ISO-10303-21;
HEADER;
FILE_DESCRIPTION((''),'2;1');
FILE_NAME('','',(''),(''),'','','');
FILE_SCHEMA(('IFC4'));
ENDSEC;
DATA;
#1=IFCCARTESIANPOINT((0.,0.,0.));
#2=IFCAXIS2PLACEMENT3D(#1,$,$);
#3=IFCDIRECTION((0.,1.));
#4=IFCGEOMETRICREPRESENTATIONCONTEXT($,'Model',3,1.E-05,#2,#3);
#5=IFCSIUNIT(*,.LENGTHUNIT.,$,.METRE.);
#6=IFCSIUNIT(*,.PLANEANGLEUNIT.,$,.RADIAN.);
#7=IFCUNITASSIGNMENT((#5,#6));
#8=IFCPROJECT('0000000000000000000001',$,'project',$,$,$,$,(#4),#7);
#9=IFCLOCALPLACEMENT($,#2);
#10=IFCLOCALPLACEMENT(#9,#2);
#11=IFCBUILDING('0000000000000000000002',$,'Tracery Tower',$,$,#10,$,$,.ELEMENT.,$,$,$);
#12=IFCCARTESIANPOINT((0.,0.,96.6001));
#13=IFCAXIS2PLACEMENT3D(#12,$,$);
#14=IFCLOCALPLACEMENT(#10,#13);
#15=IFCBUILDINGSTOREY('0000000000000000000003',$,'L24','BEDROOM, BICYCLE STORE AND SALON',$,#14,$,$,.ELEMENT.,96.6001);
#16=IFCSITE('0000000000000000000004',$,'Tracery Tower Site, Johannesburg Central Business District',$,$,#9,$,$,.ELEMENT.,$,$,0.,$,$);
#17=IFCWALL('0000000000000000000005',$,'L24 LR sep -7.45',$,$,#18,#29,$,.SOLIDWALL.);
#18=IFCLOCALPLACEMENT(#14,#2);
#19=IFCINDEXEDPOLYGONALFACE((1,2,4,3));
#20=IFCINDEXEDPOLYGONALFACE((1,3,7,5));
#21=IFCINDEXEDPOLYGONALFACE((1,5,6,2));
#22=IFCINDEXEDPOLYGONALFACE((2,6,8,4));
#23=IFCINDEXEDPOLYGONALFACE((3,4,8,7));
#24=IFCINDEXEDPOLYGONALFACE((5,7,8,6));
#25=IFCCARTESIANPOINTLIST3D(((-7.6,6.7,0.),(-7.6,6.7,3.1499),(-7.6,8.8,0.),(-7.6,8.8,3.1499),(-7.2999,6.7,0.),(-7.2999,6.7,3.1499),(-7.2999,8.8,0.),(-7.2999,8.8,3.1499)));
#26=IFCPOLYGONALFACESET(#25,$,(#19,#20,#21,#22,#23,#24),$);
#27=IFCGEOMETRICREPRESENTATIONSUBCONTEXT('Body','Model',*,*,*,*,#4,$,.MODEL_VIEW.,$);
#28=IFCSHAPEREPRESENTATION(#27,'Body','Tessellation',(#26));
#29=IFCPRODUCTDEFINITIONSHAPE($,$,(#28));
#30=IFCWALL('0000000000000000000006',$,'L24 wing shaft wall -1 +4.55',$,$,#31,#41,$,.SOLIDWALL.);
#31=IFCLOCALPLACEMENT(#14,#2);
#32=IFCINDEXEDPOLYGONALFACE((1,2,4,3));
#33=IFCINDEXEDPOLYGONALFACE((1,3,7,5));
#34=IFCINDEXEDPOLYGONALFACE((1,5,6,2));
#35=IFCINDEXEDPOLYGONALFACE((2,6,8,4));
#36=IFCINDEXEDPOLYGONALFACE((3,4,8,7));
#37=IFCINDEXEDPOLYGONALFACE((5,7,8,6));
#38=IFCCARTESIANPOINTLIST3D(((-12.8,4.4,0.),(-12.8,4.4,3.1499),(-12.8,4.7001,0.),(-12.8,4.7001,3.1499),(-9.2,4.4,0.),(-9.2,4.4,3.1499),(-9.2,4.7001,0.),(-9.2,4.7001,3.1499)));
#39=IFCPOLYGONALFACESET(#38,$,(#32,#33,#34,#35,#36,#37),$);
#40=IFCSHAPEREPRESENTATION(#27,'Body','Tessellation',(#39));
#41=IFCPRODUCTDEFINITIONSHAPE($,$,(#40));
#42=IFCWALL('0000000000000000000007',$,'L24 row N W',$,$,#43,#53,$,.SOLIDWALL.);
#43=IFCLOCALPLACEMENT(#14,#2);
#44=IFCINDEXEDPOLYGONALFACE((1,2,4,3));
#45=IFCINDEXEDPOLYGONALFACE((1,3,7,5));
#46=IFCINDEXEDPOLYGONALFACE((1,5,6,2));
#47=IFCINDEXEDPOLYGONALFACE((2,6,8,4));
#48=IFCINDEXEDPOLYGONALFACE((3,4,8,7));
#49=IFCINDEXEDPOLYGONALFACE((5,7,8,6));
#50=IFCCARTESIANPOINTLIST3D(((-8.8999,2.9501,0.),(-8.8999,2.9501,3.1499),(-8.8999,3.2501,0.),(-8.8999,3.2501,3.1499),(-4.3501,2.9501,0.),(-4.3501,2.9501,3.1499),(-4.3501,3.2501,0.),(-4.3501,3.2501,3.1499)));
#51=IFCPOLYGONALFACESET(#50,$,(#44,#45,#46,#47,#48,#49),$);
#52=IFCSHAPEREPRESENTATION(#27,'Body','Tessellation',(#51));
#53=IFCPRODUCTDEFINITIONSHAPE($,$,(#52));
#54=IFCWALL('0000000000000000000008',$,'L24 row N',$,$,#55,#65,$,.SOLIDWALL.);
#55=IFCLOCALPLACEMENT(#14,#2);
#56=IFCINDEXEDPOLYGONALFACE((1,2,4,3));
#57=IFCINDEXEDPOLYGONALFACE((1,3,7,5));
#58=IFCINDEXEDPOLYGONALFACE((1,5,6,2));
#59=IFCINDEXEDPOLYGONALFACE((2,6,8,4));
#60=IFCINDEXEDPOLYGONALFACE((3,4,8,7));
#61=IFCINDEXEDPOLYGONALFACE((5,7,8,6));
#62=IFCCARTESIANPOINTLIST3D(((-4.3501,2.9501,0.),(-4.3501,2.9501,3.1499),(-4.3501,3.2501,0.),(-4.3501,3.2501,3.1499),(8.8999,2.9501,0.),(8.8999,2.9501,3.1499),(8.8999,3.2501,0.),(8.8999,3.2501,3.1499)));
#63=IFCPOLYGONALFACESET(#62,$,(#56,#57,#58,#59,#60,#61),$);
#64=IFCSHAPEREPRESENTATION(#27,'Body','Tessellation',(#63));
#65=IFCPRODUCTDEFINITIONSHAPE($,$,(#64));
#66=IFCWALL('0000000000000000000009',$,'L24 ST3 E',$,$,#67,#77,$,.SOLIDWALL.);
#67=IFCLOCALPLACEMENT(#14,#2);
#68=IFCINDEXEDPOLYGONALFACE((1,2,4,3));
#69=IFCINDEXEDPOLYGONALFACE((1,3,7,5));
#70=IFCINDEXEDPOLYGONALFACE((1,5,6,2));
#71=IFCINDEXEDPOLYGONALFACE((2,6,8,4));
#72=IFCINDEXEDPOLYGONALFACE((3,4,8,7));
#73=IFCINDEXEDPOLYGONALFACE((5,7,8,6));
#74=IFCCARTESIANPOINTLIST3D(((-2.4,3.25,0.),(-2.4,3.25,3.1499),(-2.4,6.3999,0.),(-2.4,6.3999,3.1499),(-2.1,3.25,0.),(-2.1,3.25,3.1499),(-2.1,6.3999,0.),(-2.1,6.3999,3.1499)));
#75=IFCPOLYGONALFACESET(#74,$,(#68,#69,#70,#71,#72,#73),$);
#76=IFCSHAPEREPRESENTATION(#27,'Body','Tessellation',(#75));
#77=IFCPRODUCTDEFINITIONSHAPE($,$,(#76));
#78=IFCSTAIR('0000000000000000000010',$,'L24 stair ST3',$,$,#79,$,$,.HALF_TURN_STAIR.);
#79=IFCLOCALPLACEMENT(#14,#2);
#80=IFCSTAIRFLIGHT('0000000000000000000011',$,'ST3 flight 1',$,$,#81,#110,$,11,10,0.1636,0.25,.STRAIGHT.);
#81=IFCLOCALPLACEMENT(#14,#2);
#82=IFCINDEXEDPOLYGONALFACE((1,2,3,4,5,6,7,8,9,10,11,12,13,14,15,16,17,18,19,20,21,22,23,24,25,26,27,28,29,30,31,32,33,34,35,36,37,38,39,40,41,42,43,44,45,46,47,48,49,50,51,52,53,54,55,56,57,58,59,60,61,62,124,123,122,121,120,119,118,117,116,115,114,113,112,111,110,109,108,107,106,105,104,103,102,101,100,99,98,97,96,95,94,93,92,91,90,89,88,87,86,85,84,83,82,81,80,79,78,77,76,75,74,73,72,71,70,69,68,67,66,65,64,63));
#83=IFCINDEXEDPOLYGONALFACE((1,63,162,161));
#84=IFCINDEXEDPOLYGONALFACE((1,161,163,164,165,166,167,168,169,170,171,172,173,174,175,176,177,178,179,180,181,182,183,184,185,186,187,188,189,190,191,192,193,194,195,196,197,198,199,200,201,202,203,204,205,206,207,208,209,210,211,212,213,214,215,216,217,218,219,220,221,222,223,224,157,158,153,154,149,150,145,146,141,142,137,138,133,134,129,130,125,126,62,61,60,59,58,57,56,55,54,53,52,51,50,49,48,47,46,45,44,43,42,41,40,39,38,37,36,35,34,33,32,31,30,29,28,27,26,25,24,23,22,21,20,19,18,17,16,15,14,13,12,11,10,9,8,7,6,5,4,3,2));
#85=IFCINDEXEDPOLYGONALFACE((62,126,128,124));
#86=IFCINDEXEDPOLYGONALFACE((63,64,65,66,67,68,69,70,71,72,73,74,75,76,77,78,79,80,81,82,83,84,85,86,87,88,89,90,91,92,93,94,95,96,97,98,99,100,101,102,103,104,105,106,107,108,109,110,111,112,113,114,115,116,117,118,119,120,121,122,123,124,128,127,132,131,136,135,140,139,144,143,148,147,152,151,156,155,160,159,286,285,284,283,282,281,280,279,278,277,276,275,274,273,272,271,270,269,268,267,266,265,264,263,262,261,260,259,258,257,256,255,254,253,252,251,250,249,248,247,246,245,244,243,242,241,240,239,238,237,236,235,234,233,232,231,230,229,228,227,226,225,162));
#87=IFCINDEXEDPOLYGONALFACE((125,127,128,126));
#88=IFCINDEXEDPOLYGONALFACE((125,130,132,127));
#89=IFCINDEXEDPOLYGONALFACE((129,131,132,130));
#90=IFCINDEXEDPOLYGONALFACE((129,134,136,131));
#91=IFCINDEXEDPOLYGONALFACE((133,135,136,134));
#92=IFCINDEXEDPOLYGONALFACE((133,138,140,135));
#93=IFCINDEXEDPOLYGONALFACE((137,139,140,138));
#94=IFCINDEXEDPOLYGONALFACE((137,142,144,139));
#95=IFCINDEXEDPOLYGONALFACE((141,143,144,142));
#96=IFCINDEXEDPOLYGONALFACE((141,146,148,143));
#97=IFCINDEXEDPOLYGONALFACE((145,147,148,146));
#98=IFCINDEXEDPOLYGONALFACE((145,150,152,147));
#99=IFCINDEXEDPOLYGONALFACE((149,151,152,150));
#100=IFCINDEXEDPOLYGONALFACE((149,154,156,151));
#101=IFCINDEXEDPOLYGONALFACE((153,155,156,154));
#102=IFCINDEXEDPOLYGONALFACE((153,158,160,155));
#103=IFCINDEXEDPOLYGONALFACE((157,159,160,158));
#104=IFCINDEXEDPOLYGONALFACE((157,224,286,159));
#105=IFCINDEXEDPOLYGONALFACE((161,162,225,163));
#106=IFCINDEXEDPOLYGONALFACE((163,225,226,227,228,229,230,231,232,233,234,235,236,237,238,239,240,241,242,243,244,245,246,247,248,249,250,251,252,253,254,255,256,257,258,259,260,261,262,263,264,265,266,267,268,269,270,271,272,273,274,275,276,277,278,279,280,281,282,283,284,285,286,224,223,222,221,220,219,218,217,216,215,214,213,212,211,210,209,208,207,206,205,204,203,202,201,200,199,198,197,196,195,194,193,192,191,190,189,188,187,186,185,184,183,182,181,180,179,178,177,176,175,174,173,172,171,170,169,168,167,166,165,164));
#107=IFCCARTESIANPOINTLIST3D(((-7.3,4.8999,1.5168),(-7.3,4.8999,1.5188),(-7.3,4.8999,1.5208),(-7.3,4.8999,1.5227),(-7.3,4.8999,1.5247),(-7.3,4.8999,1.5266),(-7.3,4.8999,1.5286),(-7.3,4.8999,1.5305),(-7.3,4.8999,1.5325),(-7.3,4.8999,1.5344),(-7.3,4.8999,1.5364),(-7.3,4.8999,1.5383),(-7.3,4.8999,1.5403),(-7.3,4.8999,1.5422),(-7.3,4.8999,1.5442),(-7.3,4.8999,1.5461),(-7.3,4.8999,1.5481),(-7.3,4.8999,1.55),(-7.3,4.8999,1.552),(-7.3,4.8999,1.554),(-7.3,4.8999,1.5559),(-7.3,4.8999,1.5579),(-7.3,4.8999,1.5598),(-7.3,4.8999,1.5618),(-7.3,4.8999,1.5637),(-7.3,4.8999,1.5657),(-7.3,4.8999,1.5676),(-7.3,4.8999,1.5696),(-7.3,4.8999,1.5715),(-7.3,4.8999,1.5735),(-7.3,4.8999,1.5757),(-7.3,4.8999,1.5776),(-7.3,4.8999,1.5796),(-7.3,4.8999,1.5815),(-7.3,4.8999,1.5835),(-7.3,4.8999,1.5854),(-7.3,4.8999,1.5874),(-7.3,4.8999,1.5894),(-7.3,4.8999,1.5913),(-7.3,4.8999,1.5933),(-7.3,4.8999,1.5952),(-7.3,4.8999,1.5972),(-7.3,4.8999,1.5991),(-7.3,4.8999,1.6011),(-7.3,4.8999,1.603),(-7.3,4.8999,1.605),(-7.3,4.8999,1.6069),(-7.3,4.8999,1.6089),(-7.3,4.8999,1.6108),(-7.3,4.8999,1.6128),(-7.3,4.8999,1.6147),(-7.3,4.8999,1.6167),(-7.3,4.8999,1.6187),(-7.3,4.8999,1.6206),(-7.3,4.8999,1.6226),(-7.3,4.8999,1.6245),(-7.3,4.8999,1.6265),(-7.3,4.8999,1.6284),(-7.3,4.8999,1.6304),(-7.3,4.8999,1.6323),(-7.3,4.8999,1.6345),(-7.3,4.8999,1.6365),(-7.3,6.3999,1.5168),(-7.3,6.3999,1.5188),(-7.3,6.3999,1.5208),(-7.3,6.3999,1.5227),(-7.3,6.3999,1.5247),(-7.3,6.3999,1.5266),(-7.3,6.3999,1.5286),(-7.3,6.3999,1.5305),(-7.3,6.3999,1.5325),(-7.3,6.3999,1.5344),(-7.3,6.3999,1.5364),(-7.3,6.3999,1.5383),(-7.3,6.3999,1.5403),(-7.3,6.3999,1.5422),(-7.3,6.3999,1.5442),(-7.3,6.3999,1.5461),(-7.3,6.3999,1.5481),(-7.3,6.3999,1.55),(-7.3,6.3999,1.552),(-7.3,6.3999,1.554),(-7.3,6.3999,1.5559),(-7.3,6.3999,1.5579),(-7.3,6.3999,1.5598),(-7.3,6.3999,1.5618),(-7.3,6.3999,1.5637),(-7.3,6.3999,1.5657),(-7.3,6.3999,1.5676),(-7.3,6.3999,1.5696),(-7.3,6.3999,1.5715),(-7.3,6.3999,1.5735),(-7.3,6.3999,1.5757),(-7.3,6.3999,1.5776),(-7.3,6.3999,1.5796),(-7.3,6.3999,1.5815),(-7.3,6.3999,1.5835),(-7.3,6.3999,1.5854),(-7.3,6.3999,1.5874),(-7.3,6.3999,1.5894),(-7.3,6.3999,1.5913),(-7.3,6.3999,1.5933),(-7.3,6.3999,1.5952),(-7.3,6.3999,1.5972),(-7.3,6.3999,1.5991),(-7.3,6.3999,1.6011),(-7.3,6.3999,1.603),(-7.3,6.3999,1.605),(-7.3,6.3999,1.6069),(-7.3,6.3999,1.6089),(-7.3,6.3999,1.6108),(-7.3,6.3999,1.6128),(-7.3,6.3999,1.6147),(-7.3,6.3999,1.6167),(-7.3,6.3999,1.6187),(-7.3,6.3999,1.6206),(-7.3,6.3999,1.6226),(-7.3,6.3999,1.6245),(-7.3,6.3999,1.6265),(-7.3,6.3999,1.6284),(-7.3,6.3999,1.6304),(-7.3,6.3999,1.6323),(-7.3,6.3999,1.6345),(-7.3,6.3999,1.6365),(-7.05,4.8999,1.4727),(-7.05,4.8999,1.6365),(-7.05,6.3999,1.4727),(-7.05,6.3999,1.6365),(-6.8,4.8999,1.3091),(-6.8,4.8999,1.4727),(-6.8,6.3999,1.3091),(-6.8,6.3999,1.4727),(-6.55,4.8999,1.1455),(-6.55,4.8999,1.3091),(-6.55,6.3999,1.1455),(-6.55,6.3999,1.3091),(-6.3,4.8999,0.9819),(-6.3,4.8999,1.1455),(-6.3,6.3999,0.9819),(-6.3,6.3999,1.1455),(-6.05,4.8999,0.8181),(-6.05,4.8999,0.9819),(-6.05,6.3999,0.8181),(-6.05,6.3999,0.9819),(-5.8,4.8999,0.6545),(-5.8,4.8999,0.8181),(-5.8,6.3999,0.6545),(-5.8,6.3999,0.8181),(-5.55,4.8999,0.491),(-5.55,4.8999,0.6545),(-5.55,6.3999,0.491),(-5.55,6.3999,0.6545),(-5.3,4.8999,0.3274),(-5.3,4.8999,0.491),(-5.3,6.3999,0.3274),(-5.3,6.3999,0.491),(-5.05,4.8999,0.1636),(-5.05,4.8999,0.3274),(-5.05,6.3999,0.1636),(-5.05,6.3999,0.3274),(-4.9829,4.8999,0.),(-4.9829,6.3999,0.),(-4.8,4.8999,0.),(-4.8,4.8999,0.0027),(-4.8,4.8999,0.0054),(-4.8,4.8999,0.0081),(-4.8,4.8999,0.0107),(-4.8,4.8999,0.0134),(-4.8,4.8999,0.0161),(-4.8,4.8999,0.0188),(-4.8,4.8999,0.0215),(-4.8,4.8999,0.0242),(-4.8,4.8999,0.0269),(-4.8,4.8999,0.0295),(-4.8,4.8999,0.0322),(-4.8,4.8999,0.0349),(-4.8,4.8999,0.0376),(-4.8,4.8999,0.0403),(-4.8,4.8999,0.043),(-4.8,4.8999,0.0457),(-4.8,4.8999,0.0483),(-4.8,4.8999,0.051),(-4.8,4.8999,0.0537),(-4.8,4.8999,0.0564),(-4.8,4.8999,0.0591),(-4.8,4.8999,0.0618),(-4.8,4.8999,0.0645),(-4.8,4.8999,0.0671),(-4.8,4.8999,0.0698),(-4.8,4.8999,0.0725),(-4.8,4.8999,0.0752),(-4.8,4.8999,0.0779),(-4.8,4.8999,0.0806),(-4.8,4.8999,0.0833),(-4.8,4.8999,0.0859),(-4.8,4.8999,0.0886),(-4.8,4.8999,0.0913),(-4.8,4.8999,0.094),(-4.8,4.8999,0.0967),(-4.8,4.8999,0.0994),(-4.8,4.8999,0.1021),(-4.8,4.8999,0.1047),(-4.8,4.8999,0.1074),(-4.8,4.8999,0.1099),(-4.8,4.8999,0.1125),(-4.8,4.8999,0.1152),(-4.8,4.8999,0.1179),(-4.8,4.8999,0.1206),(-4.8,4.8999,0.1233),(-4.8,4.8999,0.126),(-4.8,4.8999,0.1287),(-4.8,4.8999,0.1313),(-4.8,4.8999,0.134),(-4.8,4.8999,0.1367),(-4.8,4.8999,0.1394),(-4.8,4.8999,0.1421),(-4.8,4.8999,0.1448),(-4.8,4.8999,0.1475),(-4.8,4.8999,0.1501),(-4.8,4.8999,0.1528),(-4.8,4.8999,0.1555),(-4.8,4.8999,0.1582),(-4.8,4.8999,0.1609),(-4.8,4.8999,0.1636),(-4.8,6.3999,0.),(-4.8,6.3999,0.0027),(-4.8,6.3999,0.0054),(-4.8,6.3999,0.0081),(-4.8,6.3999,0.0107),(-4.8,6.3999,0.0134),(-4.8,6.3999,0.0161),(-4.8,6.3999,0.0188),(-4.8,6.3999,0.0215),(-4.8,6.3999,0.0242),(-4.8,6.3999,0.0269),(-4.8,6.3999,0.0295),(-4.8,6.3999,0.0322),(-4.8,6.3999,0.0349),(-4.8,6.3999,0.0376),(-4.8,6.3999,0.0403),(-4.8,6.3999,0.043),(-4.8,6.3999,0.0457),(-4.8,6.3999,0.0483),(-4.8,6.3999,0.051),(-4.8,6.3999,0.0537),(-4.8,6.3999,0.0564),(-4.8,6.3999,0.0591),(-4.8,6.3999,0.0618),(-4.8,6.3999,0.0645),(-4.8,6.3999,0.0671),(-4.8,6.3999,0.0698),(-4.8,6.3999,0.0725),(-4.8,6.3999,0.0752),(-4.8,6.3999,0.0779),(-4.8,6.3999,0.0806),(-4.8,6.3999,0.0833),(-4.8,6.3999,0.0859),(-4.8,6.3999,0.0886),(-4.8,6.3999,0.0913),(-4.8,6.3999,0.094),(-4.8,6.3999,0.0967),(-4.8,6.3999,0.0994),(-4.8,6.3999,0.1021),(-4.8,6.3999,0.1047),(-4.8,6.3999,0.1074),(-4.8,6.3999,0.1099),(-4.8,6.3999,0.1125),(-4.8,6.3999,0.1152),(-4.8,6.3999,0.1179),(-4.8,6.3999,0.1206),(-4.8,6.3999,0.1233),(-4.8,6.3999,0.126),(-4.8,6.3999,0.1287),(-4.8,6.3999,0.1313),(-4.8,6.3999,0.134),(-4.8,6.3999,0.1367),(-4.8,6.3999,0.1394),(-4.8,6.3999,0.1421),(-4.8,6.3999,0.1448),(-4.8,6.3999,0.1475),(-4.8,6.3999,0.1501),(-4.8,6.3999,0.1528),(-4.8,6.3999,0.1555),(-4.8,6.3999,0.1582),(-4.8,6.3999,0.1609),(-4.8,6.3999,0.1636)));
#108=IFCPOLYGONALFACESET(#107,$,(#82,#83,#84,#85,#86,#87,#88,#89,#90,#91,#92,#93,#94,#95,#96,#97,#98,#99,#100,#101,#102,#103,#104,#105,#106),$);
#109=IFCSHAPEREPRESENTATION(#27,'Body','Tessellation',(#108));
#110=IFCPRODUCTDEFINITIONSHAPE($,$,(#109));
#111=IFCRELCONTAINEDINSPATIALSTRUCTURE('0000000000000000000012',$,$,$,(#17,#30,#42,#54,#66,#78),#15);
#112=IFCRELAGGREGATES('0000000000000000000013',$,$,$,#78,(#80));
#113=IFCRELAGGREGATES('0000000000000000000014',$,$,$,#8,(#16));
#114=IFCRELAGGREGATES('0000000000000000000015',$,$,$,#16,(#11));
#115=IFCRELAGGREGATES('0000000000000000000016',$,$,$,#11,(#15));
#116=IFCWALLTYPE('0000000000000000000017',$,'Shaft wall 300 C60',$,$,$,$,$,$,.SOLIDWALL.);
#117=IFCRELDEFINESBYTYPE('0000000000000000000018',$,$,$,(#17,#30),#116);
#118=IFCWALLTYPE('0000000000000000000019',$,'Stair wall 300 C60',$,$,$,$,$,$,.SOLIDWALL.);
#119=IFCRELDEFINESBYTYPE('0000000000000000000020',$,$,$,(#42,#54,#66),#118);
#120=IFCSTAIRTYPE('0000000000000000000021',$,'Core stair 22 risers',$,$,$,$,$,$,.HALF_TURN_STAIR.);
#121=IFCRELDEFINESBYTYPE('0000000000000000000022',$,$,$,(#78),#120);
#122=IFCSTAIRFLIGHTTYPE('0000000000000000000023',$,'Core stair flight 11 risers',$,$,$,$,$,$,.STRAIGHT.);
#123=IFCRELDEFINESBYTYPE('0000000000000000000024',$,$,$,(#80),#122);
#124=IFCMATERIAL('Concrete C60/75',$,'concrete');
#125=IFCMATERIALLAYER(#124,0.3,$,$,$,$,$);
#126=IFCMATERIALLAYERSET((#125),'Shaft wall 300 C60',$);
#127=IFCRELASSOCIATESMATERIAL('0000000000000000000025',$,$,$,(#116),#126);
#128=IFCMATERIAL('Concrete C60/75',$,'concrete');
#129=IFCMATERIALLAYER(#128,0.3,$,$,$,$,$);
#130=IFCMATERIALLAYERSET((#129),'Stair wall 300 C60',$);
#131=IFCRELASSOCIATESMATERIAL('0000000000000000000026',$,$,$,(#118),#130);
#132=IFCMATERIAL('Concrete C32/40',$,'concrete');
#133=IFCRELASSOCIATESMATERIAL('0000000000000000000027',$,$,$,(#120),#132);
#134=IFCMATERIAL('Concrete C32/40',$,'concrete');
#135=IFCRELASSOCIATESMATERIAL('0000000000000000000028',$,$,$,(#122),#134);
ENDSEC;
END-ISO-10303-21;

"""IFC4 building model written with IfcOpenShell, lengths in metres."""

from ifc_helpers import new_model, si_unit, direction, frame, frame_2d, origin, place, context, subcontext, project, spatial, polyline, rectangle, outline, extrude, material, layer, layer_set, type_object, element, aggregate, save


model = new_model("IFC4")

# Units and contexts
model_context = context("Model", 3, precision=1e-05, world=origin(), true_north=direction((0.0, 1.0)))
body_context = subcontext(model_context, "Body", "Model", "MODEL_VIEW")
ifc_project = project(units=[si_unit("LENGTHUNIT", "METRE"), si_unit("PLANEANGLEUNIT", "RADIAN")], contexts=[model_context])

# Site, building, storey
site_placement = place(None, origin())
site = spatial("IfcSite", under=ifc_project, at=site_placement, Name="Tracery Tower Site, Johannesburg Central Business District", CompositionType="ELEMENT", RefElevation=0.0)
building_placement = place(site_placement, origin())
building = spatial("IfcBuilding", under=site, at=building_placement, Name="Tracery Tower", CompositionType="ELEMENT")
storey_placement = place(building_placement, frame((0.0, 0.0, 96.6001)))
storey = spatial("IfcBuildingStorey", under=building, at=storey_placement, Name="L24", Description="BEDROOM, BICYCLE STORE AND SALON", CompositionType="ELEMENT", Elevation=96.6001)

# Wall
ifc_material_1 = material(Name="Concrete C60/75", Category="concrete")
ifc_layer_1 = layer(ifc_material_1, 0.3)
ifc_layer_set_1 = layer_set([ifc_layer_1], Name="Shaft wall 300 C60")
wall_type_1 = type_object("IfcWallType", Name="Shaft wall 300 C60", PredefinedType="SOLIDWALL", material=ifc_layer_set_1)
wall_1_placement = place(storey_placement, frame((-7.45, 6.7, 0.0), z_axis=(0.0, 0.0, 1.0), x_axis=(0.0, 1.0, 0.0)))
element("IfcWall", 1, at=wall_1_placement, inside=storey, type_object=wall_type_1, Name="L24 LR sep -7.45", PredefinedType="SOLIDWALL", context=body_context, shape_type="SweptSolid", body=[
    extrude(rectangle(XDim=2.1001, YDim=0.3, at=frame_2d((1.05, 0.0))), origin(), (0.0, 0.0, 1.0), 3.1499),
])

# Walls
wall_2_placement = place(storey_placement, frame((-12.8, 4.55, 0.0), z_axis=(0.0, 0.0, 1.0), x_axis=(1.0, 0.0, 0.0)))
element("IfcWall", 2, at=wall_2_placement, inside=storey, type_object=wall_type_1, Name="L24 wing shaft wall -1 +4.55", PredefinedType="SOLIDWALL", context=body_context, shape_type="SweptSolid", body=[
    extrude(rectangle(XDim=3.6001, YDim=0.3, at=frame_2d((1.8, 0.0))), origin(), (0.0, 0.0, 1.0), 3.1499),
])
ifc_material_2 = material(Name="Concrete C60/75", Category="concrete")
ifc_layer_2 = layer(ifc_material_2, 0.3)
ifc_layer_set_2 = layer_set([ifc_layer_2], Name="Stair wall 300 C60")
wall_type_2 = type_object("IfcWallType", Name="Stair wall 300 C60", PredefinedType="SOLIDWALL", material=ifc_layer_set_2)
wall_3_placement = place(storey_placement, frame((-8.8999, 3.1001, 0.0), z_axis=(0.0, 0.0, 1.0), x_axis=(1.0, 0.0, 0.0)))
element("IfcWall", 3, at=wall_3_placement, inside=storey, type_object=wall_type_2, Name="L24 row N W", PredefinedType="SOLIDWALL", context=body_context, shape_type="SweptSolid", body=[
    extrude(rectangle(XDim=4.5498, YDim=0.3, at=frame_2d((2.2749, 0.0))), origin(), (0.0, 0.0, 1.0), 3.1499),
])
wall_4_placement = place(storey_placement, frame((-4.3501, 3.1001, 0.0), z_axis=(0.0, 0.0, 1.0), x_axis=(1.0, 0.0, 0.0)))
element("IfcWall", 4, at=wall_4_placement, inside=storey, type_object=wall_type_2, Name="L24 row N", PredefinedType="SOLIDWALL", context=body_context, shape_type="SweptSolid", body=[
    extrude(rectangle(XDim=13.25, YDim=0.3, at=frame_2d((6.625, 0.0))), origin(), (0.0, 0.0, 1.0), 3.1499),
])
wall_5_placement = place(storey_placement, frame((-2.25, 3.25, 0.0), z_axis=(0.0, 0.0, 1.0), x_axis=(0.0, 1.0, 0.0)))
element("IfcWall", 5, at=wall_5_placement, inside=storey, type_object=wall_type_2, Name="L24 ST3 E", PredefinedType="SOLIDWALL", context=body_context, shape_type="SweptSolid", body=[
    extrude(rectangle(XDim=3.1499, YDim=0.3, at=frame_2d((1.575, 0.0))), origin(), (0.0, 0.0, 1.0), 3.1499),
])

# Stair, stair flight
ifc_material_3 = material(Name="Concrete C32/40", Category="concrete")
stair_type = type_object("IfcStairType", Name="Core stair 22 risers", PredefinedType="HALF_TURN_STAIR", material=ifc_material_3)
stair_placement = place(storey_placement, origin())
stair = element("IfcStair", 6, at=stair_placement, inside=storey, type_object=stair_type, Name="L24 stair ST3", PredefinedType="HALF_TURN_STAIR")
ifc_material_4 = material(Name="Concrete C32/40", Category="concrete")
stair_flight_type = type_object("IfcStairFlightType", Name="Core stair flight 11 risers", PredefinedType="STRAIGHT", material=ifc_material_4)
stair_flight_1_placement = place(storey_placement, frame((-4.8, 5.6499, 0.0), z_axis=(0.0, 0.0, 1.0), x_axis=(-1.0, 0.0, 0.0)))
stair_flight_1 = element("IfcStairFlight", 7, at=stair_flight_1_placement, type_object=stair_flight_type, Name="ST3 flight 1", NumberOfRisers=11, NumberOfTreads=10, PredefinedType="STRAIGHT", RiserHeight=0.1636, TreadLength=0.25, context=body_context, shape_type="SweptSolid", body=[
    extrude(outline(polyline([(0.0, 0.0), (0.0, 0.0027), (0.0, 0.0054), (0.0, 0.0081), (0.0, 0.0107), (0.0, 0.0134), (0.0, 0.0161), (0.0, 0.0188), (0.0, 0.0215), (0.0, 0.0242), (0.0, 0.0269), (0.0, 0.0295), (0.0, 0.0322), (0.0, 0.0349), (0.0, 0.0376), (0.0, 0.0403), (0.0, 0.043), (0.0, 0.0457), (0.0, 0.0483), (0.0, 0.051), (0.0, 0.0537), (0.0, 0.0564), (0.0, 0.0591), (0.0, 0.0618), (0.0, 0.0645), (0.0, 0.0671), (0.0, 0.0698), (0.0, 0.0725), (0.0, 0.0752), (0.0, 0.0779), (0.0, 0.0806), (0.0, 0.0833), (0.0, 0.0859), (0.0, 0.0886), (0.0, 0.0913), (0.0, 0.094), (0.0, 0.0967), (0.0, 0.0994), (0.0, 0.1021), (0.0, 0.1047), (0.0, 0.1074), (0.0, 0.1099), (0.0, 0.1125), (0.0, 0.1152), (0.0, 0.1179), (0.0, 0.1206), (0.0, 0.1233), (0.0, 0.126), (0.0, 0.1287), (0.0, 0.1313), (0.0, 0.134), (0.0, 0.1367), (0.0, 0.1394), (0.0, 0.1421), (0.0, 0.1448), (0.0, 0.1475), (0.0, 0.1501), (0.0, 0.1528), (0.0, 0.1555), (0.0, 0.1582), (0.0, 0.1609), (0.0, 0.1636), (0.25, 0.1636), (0.25, 0.3274), (0.5, 0.3274), (0.5, 0.491), (0.75, 0.491), (0.75, 0.6545), (1.0, 0.6545), (1.0, 0.8181), (1.25, 0.8181), (1.25, 0.9819), (1.5, 0.9819), (1.5, 1.1455), (1.75, 1.1455), (1.75, 1.3091), (2.0, 1.3091), (2.0, 1.4727), (2.25, 1.4727), (2.25, 1.6365), (2.5, 1.6365), (2.5, 1.6345), (2.5, 1.6323), (2.5, 1.6304), (2.5, 1.6284), (2.5, 1.6265), (2.5, 1.6245), (2.5, 1.6226), (2.5, 1.6206), (2.5, 1.6187), (2.5, 1.6167), (2.5, 1.6147), (2.5, 1.6128), (2.5, 1.6108), (2.5, 1.6089), (2.5, 1.6069), (2.5, 1.605), (2.5, 1.603), (2.5, 1.6011), (2.5, 1.5991), (2.5, 1.5972), (2.5, 1.5952), (2.5, 1.5933), (2.5, 1.5913), (2.5, 1.5894), (2.5, 1.5874), (2.5, 1.5854), (2.5, 1.5835), (2.5, 1.5815), (2.5, 1.5796), (2.5, 1.5776), (2.5, 1.5757), (2.5, 1.5735), (2.5, 1.5715), (2.5, 1.5696), (2.5, 1.5676), (2.5, 1.5657), (2.5, 1.5637), (2.5, 1.5618), (2.5, 1.5598), (2.5, 1.5579), (2.5, 1.5559), (2.5, 1.554), (2.5, 1.552), (2.5, 1.55), (2.5, 1.5481), (2.5, 1.5461), (2.5, 1.5442), (2.5, 1.5422), (2.5, 1.5403), (2.5, 1.5383), (2.5, 1.5364), (2.5, 1.5344), (2.5, 1.5325), (2.5, 1.5305), (2.5, 1.5286), (2.5, 1.5266), (2.5, 1.5247), (2.5, 1.5227), (2.5, 1.5208), (2.5, 1.5188), (2.5, 1.5168), (0.1829, 0.0), (0.0, 0.0)])), frame((0.0, 0.75, 0.0), z_axis=(0.0, -1.0, 0.0), x_axis=(1.0, 0.0, 0.0)), (0.0, 0.0, 1.0), 1.5),
])
aggregate(stair, [stair_flight_1])

save(model, "model.ifc")
